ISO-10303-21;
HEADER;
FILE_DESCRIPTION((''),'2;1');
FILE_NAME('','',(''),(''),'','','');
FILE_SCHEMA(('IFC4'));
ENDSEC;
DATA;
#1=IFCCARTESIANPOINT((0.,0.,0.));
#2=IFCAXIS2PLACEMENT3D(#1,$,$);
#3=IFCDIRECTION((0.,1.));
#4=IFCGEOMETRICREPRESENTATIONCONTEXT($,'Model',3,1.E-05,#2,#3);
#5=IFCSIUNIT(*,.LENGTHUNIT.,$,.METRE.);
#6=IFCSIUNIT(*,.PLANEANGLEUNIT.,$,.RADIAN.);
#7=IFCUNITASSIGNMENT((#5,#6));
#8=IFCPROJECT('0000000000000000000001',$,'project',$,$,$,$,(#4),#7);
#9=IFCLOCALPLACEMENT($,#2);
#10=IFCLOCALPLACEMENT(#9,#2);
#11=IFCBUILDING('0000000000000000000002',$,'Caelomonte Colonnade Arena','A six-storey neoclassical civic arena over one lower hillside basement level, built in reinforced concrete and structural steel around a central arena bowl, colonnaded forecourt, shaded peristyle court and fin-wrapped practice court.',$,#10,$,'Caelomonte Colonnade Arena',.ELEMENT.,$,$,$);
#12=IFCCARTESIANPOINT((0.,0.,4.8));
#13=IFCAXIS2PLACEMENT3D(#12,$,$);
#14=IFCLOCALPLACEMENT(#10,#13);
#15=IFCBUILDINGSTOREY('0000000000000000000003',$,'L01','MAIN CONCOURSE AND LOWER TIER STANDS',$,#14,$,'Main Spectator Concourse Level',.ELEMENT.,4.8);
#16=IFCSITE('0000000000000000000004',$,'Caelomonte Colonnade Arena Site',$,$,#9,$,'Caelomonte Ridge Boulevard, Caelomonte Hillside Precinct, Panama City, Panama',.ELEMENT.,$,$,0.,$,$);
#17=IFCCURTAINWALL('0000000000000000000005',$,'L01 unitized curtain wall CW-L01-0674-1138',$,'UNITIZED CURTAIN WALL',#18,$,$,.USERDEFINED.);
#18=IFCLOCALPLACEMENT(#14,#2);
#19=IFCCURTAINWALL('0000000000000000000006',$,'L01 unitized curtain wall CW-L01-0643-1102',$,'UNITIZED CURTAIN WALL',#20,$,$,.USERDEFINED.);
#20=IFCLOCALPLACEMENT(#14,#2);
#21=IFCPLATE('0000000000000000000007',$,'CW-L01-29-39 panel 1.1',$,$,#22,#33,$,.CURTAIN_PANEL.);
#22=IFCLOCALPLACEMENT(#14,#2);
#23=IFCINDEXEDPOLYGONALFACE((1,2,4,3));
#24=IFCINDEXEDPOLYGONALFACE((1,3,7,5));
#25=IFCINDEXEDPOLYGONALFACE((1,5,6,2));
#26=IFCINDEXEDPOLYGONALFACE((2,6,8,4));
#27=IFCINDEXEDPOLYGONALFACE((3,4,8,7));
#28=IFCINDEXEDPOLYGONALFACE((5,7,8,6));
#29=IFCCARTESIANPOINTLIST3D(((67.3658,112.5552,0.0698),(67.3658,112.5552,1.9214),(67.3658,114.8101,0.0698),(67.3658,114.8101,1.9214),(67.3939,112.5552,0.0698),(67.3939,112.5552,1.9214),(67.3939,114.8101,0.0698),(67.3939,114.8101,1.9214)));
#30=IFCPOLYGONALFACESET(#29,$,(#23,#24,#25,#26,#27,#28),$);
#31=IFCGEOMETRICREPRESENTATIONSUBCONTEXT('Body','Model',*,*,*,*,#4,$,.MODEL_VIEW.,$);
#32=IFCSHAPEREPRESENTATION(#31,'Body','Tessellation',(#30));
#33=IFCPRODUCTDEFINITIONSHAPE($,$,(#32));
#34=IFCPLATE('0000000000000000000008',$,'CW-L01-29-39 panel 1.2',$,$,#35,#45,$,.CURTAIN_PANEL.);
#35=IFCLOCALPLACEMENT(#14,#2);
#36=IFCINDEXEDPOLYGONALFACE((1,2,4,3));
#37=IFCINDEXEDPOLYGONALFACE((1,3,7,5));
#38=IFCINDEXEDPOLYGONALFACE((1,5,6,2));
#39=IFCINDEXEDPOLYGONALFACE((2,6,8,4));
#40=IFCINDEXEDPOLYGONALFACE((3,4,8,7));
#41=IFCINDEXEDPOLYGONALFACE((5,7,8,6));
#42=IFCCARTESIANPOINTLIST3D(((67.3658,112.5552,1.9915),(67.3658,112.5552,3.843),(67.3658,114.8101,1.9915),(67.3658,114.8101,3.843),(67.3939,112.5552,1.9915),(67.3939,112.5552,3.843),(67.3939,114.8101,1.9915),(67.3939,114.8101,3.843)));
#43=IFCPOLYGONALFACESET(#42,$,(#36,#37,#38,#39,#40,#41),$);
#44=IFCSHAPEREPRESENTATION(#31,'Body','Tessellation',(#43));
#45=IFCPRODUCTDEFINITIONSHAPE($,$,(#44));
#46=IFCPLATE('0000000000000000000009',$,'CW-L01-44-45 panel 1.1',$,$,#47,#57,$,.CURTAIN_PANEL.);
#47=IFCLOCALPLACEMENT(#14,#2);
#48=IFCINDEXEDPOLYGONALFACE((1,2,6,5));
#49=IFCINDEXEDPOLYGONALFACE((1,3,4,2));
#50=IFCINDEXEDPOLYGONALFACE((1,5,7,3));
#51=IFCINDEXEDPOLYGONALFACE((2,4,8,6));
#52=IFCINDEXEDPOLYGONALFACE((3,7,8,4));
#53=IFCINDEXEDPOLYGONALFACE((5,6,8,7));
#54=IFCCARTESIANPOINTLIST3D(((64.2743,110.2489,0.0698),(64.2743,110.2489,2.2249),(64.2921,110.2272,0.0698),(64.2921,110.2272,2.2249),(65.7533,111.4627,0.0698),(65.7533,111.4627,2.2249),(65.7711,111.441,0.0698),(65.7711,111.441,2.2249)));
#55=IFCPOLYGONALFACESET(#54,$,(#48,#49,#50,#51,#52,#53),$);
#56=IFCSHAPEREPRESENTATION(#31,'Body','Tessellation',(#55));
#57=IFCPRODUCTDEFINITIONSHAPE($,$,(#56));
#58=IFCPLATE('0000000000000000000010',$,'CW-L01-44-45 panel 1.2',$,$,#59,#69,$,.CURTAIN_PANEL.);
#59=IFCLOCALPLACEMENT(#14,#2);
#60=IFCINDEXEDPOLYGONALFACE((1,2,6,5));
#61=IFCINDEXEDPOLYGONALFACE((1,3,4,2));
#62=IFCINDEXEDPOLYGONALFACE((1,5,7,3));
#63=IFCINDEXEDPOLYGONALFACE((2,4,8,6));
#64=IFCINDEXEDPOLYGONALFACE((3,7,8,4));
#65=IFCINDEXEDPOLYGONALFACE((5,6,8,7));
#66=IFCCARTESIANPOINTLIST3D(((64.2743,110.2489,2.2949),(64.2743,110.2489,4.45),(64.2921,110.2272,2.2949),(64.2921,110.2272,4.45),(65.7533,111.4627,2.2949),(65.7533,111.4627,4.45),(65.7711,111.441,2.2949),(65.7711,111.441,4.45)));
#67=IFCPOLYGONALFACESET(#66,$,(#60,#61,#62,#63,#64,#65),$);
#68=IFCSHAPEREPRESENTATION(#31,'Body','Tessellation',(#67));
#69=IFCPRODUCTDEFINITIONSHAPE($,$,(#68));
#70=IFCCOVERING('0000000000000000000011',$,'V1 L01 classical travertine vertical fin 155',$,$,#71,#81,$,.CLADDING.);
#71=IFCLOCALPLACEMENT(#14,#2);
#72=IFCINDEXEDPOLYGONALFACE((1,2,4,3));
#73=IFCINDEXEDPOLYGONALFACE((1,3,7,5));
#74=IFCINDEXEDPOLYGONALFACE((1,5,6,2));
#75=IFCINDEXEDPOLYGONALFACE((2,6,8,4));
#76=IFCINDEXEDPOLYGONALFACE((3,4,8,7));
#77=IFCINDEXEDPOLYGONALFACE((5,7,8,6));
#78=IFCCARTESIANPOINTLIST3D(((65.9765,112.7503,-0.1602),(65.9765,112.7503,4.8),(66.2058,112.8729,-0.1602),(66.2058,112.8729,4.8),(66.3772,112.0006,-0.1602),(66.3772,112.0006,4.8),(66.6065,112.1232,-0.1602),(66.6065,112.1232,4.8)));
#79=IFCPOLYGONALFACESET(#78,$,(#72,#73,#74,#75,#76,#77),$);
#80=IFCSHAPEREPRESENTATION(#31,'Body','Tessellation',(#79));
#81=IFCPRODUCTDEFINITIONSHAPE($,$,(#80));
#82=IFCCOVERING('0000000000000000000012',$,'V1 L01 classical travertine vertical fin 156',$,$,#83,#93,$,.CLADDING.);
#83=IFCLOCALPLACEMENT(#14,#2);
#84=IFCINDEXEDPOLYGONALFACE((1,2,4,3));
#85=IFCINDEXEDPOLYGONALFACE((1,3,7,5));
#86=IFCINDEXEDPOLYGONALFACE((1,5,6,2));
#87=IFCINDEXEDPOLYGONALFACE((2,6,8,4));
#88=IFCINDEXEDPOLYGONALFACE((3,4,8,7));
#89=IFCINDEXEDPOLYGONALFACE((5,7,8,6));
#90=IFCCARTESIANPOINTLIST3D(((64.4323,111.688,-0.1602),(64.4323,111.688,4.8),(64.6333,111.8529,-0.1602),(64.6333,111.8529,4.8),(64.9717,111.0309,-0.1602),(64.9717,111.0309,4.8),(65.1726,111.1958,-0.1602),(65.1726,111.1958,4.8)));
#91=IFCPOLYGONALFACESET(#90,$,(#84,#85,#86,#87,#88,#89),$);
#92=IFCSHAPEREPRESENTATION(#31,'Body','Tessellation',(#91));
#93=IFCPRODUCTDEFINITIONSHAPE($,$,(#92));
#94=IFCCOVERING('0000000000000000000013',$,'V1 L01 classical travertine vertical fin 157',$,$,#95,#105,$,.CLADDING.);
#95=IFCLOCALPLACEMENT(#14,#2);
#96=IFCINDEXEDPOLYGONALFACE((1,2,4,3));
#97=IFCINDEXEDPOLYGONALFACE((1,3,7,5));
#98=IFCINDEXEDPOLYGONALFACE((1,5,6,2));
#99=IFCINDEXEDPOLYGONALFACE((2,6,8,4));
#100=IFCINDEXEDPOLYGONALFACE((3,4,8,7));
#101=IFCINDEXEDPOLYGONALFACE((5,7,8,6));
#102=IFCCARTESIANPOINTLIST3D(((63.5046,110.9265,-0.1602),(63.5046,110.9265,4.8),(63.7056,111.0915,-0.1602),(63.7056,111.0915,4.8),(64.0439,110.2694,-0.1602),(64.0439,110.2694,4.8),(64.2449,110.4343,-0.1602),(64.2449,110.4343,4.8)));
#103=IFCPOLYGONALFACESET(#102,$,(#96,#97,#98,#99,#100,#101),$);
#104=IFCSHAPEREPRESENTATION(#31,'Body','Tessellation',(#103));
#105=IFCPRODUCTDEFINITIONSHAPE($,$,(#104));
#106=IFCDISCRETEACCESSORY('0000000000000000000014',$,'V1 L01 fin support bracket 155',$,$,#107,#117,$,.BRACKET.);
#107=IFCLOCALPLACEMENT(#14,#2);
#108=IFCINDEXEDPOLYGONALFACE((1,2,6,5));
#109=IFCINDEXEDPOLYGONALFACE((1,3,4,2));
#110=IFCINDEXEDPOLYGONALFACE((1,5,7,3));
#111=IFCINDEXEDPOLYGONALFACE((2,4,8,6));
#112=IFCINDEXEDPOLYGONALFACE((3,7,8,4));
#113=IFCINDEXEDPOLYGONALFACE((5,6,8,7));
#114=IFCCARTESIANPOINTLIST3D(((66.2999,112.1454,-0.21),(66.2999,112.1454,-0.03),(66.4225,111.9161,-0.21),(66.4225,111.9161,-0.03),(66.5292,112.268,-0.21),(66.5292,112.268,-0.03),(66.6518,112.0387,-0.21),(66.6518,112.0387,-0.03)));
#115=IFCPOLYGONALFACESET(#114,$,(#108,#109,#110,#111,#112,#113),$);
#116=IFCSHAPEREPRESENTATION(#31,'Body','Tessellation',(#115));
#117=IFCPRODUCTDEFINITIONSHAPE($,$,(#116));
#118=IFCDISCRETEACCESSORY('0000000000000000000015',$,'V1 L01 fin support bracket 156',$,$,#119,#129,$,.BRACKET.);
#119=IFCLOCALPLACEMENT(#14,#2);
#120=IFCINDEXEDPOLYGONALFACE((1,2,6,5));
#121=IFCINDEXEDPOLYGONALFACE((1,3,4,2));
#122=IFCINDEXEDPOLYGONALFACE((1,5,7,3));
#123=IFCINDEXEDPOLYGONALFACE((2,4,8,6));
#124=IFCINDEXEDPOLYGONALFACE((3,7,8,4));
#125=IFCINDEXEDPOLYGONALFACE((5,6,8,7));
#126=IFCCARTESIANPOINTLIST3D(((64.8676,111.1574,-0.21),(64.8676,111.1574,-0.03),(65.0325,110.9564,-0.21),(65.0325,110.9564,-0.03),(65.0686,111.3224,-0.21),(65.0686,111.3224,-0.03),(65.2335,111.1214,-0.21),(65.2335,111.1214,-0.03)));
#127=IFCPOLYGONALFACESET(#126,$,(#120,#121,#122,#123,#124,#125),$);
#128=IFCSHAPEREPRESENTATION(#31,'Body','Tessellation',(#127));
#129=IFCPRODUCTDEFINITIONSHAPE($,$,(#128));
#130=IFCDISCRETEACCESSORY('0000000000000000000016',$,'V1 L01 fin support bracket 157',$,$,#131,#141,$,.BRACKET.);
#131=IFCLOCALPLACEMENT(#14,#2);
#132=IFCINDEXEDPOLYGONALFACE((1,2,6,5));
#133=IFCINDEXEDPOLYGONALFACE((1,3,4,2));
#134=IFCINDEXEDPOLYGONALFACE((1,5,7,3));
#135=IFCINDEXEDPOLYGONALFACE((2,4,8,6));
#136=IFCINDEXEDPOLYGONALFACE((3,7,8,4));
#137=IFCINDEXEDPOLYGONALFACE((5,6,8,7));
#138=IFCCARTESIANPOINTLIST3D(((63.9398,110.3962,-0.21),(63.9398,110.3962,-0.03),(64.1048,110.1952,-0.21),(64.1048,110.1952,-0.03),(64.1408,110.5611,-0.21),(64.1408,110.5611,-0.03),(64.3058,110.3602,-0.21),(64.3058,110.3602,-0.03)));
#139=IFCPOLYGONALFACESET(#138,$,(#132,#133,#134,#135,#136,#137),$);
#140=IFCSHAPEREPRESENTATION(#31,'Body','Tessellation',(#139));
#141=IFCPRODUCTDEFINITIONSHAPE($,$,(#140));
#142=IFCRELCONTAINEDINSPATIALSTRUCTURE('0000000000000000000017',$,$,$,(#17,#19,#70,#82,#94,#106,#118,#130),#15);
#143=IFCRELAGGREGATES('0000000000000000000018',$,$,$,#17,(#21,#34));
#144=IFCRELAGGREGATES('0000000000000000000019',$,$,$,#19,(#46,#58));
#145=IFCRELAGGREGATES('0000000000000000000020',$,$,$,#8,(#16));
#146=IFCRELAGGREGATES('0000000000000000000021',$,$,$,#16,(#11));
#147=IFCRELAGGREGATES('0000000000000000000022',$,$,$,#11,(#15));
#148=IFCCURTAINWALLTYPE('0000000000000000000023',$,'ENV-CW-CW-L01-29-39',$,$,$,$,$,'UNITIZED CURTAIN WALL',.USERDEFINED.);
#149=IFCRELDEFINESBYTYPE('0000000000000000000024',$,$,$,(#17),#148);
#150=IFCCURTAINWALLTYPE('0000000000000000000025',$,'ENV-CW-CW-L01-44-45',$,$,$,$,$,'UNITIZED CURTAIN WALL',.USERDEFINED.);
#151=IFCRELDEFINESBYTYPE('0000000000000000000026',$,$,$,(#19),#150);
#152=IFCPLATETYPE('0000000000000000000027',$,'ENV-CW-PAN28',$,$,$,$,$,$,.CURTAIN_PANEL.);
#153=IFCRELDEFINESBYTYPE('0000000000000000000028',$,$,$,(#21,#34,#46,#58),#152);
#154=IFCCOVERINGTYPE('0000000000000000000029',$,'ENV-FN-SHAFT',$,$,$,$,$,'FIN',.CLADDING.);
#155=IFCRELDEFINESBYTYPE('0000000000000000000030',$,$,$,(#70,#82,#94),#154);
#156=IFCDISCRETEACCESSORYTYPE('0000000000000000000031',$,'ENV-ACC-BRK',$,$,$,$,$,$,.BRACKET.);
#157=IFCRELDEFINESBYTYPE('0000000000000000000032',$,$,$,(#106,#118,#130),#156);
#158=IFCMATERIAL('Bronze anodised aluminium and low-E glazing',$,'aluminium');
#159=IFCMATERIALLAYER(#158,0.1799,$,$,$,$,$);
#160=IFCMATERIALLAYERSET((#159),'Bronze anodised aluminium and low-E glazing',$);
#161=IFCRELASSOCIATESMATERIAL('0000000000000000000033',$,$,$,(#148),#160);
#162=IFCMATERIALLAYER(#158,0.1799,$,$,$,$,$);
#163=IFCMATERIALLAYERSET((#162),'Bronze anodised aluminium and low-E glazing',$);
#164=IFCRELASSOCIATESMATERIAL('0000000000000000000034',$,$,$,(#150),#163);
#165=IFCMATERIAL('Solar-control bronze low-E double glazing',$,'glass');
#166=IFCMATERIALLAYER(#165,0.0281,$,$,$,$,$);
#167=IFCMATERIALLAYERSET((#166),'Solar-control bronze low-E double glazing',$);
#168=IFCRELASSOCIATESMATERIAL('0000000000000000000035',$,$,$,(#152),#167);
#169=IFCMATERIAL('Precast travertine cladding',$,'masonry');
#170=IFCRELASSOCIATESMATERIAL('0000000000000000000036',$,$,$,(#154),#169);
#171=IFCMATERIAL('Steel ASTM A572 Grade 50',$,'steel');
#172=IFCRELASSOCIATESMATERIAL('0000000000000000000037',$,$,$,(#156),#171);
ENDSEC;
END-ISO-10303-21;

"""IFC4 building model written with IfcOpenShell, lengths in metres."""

from ifc_helpers import new_model, si_unit, direction, frame, origin, origin_2d, place, context, subcontext, project, spatial, rectangle, extrude, material, layer, layer_set, material_profile, profile_set, type_object, element, aggregate, save


model = new_model("IFC4")

# Units and contexts
model_context = context("Model", 3, precision=1e-05, world=origin(), true_north=direction((0.0, 1.0)))
body_context = subcontext(model_context, "Body", "Model", "MODEL_VIEW")
ifc_project = project(units=[si_unit("LENGTHUNIT", "METRE"), si_unit("PLANEANGLEUNIT", "RADIAN")], contexts=[model_context])

# Site, building, storey
site_placement = place(None, origin())
site = spatial("IfcSite", under=ifc_project, at=site_placement, Name="Caelomonte Colonnade Arena Site", LongName="Caelomonte Ridge Boulevard, Caelomonte Hillside Precinct, Panama City, Panama", CompositionType="ELEMENT", RefElevation=0.0)
building_placement = place(site_placement, origin())
building = spatial("IfcBuilding", under=site, at=building_placement, Name="Caelomonte Colonnade Arena", Description="A six-storey neoclassical civic arena over one lower hillside basement level, built in reinforced concrete and structural steel around a central arena bowl, colonnaded forecourt, shaded peristyle court and fin-wrapped practice court.", LongName="Caelomonte Colonnade Arena", CompositionType="ELEMENT")
storey_placement = place(building_placement, frame((0.0, 0.0, 4.8)))
storey = spatial("IfcBuildingStorey", under=building, at=storey_placement, Name="L01", Description="MAIN CONCOURSE AND LOWER TIER STANDS", LongName="Main Spectator Concourse Level", CompositionType="ELEMENT", Elevation=4.8)

# Curtain wall
ifc_material_1 = material(Name="Bronze anodised aluminium and low-E glazing", Category="aluminium")
ifc_layer_1 = layer(ifc_material_1, 0.1799)
ifc_layer_set_1 = layer_set([ifc_layer_1], Name="Bronze anodised aluminium and low-E glazing")
curtain_wall_type_1 = type_object("IfcCurtainWallType", Name="ENV-CW-CW-L01-29-39", ElementType="UNITIZED CURTAIN WALL", PredefinedType="USERDEFINED", material=ifc_layer_set_1)
curtain_wall_1_placement = place(storey_placement, origin())
curtain_wall_1 = element("IfcCurtainWall", 1, at=curtain_wall_1_placement, inside=storey, type_object=curtain_wall_type_1, Name="L01 unitized curtain wall CW-L01-0674-1138", ObjectType="UNITIZED CURTAIN WALL", PredefinedType="USERDEFINED")

# Curtain wall
ifc_layer_2 = layer(ifc_material_1, 0.1799)
ifc_layer_set_2 = layer_set([ifc_layer_2], Name="Bronze anodised aluminium and low-E glazing")
curtain_wall_type_2 = type_object("IfcCurtainWallType", Name="ENV-CW-CW-L01-44-45", ElementType="UNITIZED CURTAIN WALL", PredefinedType="USERDEFINED", material=ifc_layer_set_2)
curtain_wall_2_placement = place(storey_placement, origin())
curtain_wall_2 = element("IfcCurtainWall", 2, at=curtain_wall_2_placement, inside=storey, type_object=curtain_wall_type_2, Name="L01 unitized curtain wall CW-L01-0643-1102", ObjectType="UNITIZED CURTAIN WALL", PredefinedType="USERDEFINED")

# Plates
ifc_material_2 = material(Name="Solar-control bronze low-E double glazing", Category="glass")
ifc_layer_3 = layer(ifc_material_2, 0.0281)
ifc_layer_set_3 = layer_set([ifc_layer_3], Name="Solar-control bronze low-E double glazing")
plate_type = type_object("IfcPlateType", Name="ENV-CW-PAN28", PredefinedType="CURTAIN_PANEL", material=ifc_layer_set_3)
plate_1_placement = place(storey_placement, frame((67.3799, 113.6826, 0.0698), z_axis=(0.0, 0.0, 1.0), x_axis=(0.0, -1.0, 0.0)))
plate_1 = element("IfcPlate", 3, at=plate_1_placement, type_object=plate_type, Name="CW-L01-29-39 panel 1.1", PredefinedType="CURTAIN_PANEL", context=body_context, shape_type="SweptSolid", body=[
    extrude(rectangle(XDim=2.2549, YDim=0.0281, at=origin_2d()), origin(), (0.0, 0.0, 1.0), 1.8516),
])
plate_2_placement = place(storey_placement, frame((67.3799, 113.6826, 1.9915), z_axis=(0.0, 0.0, 1.0), x_axis=(0.0, -1.0, 0.0)))
plate_2 = element("IfcPlate", 4, at=plate_2_placement, type_object=plate_type, Name="CW-L01-29-39 panel 1.2", PredefinedType="CURTAIN_PANEL", context=body_context, shape_type="SweptSolid", body=[
    extrude(rectangle(XDim=2.2549, YDim=0.0281, at=origin_2d()), origin(), (0.0, 0.0, 1.0), 1.8516),
])
aggregate(curtain_wall_1, [plate_1, plate_2])
plate_3_placement = place(storey_placement, frame((65.0227, 110.845, 0.0698), z_axis=(0.0, 0.0, 1.0), x_axis=(-0.772992, -0.634416, 0.0)))
plate_3 = element("IfcPlate", 5, at=plate_3_placement, type_object=plate_type, Name="CW-L01-44-45 panel 1.1", PredefinedType="CURTAIN_PANEL", context=body_context, shape_type="SweptSolid", body=[
    extrude(rectangle(XDim=1.9133, YDim=0.0281, at=origin_2d()), origin(), (0.0, 0.0, 1.0), 2.155),
])
plate_4_placement = place(storey_placement, frame((65.0227, 110.845, 2.2949), z_axis=(0.0, 0.0, 1.0), x_axis=(-0.772992, -0.634416, 0.0)))
plate_4 = element("IfcPlate", 6, at=plate_4_placement, type_object=plate_type, Name="CW-L01-44-45 panel 1.2", PredefinedType="CURTAIN_PANEL", context=body_context, shape_type="SweptSolid", body=[
    extrude(rectangle(XDim=1.9133, YDim=0.0281, at=origin_2d()), origin(), (0.0, 0.0, 1.0), 2.155),
])
aggregate(curtain_wall_2, [plate_3, plate_4])

# Coverings
ifc_material_3 = material(Name="Precast travertine cladding", Category="masonry")
ifc_material_profile_1 = material_profile(ifc_material_3, rectangle(XDim=0.26, YDim=0.8501, at=origin_2d()), Name="FIN260X850")
ifc_profile_set_1 = profile_set([ifc_material_profile_1], Name="Precast travertine cladding")
covering_type = type_object("IfcCoveringType", Name="ENV-FN-SHAFT", ElementType="FIN", PredefinedType="CLADDING", material=ifc_profile_set_1)
for number, where, z_axis, x_axis, name in (
    (7, (66.2915, 112.4368, -0.1602), (0.0, 0.0, 1.0), (0.881921, 0.471397, 0.0), "V1 L01 classical travertine vertical fin 155"),
    (8, (64.8025, 111.4419, -0.1602), (0.0, 0.0, 1.0), (0.772994, 0.634414, 0.0), "V1 L01 classical travertine vertical fin 156"),
    (9, (63.8748, 110.6804, -0.1602), (0.0, 0.0, 1.0), (0.772994, 0.634414, 0.0), "V1 L01 classical travertine vertical fin 157"),
):
    element("IfcCovering", number, at=place(storey_placement, frame(where, z_axis=z_axis, x_axis=x_axis)), inside=storey, type_object=covering_type, Name=name, PredefinedType="CLADDING", context=body_context, shape_type="SweptSolid", body=[
        extrude(rectangle(XDim=0.26, YDim=0.8501, at=origin_2d()), origin(), (0.0, 0.0, 1.0), 4.9602),
    ])

# Discrete accessories
ifc_material_4 = material(Name="Steel ASTM A572 Grade 50", Category="steel")
discrete_accessory_type = type_object("IfcDiscreteAccessoryType", Name="ENV-ACC-BRK", PredefinedType="BRACKET", material=ifc_material_4)
for number, where, z_axis, x_axis, name in (
    (10, (66.4758, 112.092, -0.21), (0.0, 0.0, 1.0), (-0.881921, -0.471397, 0.0), "V1 L01 fin support bracket 155"),
    (11, (65.0505, 111.1394, -0.21), (0.0, 0.0, 1.0), (-0.772994, -0.634414, 0.0), "V1 L01 fin support bracket 156"),
    (12, (64.1228, 110.3782, -0.21), (0.0, 0.0, 1.0), (-0.772994, -0.634414, 0.0), "V1 L01 fin support bracket 157"),
):
    element("IfcDiscreteAccessory", number, at=place(storey_placement, frame(where, z_axis=z_axis, x_axis=x_axis)), inside=storey, type_object=discrete_accessory_type, Name=name, PredefinedType="BRACKET", context=body_context, shape_type="SweptSolid", body=[
        extrude(rectangle(XDim=0.26, YDim=0.26, at=origin_2d()), origin(), (0.0, 0.0, 1.0), 0.1799),
    ])

save(model, "model.ifc")
